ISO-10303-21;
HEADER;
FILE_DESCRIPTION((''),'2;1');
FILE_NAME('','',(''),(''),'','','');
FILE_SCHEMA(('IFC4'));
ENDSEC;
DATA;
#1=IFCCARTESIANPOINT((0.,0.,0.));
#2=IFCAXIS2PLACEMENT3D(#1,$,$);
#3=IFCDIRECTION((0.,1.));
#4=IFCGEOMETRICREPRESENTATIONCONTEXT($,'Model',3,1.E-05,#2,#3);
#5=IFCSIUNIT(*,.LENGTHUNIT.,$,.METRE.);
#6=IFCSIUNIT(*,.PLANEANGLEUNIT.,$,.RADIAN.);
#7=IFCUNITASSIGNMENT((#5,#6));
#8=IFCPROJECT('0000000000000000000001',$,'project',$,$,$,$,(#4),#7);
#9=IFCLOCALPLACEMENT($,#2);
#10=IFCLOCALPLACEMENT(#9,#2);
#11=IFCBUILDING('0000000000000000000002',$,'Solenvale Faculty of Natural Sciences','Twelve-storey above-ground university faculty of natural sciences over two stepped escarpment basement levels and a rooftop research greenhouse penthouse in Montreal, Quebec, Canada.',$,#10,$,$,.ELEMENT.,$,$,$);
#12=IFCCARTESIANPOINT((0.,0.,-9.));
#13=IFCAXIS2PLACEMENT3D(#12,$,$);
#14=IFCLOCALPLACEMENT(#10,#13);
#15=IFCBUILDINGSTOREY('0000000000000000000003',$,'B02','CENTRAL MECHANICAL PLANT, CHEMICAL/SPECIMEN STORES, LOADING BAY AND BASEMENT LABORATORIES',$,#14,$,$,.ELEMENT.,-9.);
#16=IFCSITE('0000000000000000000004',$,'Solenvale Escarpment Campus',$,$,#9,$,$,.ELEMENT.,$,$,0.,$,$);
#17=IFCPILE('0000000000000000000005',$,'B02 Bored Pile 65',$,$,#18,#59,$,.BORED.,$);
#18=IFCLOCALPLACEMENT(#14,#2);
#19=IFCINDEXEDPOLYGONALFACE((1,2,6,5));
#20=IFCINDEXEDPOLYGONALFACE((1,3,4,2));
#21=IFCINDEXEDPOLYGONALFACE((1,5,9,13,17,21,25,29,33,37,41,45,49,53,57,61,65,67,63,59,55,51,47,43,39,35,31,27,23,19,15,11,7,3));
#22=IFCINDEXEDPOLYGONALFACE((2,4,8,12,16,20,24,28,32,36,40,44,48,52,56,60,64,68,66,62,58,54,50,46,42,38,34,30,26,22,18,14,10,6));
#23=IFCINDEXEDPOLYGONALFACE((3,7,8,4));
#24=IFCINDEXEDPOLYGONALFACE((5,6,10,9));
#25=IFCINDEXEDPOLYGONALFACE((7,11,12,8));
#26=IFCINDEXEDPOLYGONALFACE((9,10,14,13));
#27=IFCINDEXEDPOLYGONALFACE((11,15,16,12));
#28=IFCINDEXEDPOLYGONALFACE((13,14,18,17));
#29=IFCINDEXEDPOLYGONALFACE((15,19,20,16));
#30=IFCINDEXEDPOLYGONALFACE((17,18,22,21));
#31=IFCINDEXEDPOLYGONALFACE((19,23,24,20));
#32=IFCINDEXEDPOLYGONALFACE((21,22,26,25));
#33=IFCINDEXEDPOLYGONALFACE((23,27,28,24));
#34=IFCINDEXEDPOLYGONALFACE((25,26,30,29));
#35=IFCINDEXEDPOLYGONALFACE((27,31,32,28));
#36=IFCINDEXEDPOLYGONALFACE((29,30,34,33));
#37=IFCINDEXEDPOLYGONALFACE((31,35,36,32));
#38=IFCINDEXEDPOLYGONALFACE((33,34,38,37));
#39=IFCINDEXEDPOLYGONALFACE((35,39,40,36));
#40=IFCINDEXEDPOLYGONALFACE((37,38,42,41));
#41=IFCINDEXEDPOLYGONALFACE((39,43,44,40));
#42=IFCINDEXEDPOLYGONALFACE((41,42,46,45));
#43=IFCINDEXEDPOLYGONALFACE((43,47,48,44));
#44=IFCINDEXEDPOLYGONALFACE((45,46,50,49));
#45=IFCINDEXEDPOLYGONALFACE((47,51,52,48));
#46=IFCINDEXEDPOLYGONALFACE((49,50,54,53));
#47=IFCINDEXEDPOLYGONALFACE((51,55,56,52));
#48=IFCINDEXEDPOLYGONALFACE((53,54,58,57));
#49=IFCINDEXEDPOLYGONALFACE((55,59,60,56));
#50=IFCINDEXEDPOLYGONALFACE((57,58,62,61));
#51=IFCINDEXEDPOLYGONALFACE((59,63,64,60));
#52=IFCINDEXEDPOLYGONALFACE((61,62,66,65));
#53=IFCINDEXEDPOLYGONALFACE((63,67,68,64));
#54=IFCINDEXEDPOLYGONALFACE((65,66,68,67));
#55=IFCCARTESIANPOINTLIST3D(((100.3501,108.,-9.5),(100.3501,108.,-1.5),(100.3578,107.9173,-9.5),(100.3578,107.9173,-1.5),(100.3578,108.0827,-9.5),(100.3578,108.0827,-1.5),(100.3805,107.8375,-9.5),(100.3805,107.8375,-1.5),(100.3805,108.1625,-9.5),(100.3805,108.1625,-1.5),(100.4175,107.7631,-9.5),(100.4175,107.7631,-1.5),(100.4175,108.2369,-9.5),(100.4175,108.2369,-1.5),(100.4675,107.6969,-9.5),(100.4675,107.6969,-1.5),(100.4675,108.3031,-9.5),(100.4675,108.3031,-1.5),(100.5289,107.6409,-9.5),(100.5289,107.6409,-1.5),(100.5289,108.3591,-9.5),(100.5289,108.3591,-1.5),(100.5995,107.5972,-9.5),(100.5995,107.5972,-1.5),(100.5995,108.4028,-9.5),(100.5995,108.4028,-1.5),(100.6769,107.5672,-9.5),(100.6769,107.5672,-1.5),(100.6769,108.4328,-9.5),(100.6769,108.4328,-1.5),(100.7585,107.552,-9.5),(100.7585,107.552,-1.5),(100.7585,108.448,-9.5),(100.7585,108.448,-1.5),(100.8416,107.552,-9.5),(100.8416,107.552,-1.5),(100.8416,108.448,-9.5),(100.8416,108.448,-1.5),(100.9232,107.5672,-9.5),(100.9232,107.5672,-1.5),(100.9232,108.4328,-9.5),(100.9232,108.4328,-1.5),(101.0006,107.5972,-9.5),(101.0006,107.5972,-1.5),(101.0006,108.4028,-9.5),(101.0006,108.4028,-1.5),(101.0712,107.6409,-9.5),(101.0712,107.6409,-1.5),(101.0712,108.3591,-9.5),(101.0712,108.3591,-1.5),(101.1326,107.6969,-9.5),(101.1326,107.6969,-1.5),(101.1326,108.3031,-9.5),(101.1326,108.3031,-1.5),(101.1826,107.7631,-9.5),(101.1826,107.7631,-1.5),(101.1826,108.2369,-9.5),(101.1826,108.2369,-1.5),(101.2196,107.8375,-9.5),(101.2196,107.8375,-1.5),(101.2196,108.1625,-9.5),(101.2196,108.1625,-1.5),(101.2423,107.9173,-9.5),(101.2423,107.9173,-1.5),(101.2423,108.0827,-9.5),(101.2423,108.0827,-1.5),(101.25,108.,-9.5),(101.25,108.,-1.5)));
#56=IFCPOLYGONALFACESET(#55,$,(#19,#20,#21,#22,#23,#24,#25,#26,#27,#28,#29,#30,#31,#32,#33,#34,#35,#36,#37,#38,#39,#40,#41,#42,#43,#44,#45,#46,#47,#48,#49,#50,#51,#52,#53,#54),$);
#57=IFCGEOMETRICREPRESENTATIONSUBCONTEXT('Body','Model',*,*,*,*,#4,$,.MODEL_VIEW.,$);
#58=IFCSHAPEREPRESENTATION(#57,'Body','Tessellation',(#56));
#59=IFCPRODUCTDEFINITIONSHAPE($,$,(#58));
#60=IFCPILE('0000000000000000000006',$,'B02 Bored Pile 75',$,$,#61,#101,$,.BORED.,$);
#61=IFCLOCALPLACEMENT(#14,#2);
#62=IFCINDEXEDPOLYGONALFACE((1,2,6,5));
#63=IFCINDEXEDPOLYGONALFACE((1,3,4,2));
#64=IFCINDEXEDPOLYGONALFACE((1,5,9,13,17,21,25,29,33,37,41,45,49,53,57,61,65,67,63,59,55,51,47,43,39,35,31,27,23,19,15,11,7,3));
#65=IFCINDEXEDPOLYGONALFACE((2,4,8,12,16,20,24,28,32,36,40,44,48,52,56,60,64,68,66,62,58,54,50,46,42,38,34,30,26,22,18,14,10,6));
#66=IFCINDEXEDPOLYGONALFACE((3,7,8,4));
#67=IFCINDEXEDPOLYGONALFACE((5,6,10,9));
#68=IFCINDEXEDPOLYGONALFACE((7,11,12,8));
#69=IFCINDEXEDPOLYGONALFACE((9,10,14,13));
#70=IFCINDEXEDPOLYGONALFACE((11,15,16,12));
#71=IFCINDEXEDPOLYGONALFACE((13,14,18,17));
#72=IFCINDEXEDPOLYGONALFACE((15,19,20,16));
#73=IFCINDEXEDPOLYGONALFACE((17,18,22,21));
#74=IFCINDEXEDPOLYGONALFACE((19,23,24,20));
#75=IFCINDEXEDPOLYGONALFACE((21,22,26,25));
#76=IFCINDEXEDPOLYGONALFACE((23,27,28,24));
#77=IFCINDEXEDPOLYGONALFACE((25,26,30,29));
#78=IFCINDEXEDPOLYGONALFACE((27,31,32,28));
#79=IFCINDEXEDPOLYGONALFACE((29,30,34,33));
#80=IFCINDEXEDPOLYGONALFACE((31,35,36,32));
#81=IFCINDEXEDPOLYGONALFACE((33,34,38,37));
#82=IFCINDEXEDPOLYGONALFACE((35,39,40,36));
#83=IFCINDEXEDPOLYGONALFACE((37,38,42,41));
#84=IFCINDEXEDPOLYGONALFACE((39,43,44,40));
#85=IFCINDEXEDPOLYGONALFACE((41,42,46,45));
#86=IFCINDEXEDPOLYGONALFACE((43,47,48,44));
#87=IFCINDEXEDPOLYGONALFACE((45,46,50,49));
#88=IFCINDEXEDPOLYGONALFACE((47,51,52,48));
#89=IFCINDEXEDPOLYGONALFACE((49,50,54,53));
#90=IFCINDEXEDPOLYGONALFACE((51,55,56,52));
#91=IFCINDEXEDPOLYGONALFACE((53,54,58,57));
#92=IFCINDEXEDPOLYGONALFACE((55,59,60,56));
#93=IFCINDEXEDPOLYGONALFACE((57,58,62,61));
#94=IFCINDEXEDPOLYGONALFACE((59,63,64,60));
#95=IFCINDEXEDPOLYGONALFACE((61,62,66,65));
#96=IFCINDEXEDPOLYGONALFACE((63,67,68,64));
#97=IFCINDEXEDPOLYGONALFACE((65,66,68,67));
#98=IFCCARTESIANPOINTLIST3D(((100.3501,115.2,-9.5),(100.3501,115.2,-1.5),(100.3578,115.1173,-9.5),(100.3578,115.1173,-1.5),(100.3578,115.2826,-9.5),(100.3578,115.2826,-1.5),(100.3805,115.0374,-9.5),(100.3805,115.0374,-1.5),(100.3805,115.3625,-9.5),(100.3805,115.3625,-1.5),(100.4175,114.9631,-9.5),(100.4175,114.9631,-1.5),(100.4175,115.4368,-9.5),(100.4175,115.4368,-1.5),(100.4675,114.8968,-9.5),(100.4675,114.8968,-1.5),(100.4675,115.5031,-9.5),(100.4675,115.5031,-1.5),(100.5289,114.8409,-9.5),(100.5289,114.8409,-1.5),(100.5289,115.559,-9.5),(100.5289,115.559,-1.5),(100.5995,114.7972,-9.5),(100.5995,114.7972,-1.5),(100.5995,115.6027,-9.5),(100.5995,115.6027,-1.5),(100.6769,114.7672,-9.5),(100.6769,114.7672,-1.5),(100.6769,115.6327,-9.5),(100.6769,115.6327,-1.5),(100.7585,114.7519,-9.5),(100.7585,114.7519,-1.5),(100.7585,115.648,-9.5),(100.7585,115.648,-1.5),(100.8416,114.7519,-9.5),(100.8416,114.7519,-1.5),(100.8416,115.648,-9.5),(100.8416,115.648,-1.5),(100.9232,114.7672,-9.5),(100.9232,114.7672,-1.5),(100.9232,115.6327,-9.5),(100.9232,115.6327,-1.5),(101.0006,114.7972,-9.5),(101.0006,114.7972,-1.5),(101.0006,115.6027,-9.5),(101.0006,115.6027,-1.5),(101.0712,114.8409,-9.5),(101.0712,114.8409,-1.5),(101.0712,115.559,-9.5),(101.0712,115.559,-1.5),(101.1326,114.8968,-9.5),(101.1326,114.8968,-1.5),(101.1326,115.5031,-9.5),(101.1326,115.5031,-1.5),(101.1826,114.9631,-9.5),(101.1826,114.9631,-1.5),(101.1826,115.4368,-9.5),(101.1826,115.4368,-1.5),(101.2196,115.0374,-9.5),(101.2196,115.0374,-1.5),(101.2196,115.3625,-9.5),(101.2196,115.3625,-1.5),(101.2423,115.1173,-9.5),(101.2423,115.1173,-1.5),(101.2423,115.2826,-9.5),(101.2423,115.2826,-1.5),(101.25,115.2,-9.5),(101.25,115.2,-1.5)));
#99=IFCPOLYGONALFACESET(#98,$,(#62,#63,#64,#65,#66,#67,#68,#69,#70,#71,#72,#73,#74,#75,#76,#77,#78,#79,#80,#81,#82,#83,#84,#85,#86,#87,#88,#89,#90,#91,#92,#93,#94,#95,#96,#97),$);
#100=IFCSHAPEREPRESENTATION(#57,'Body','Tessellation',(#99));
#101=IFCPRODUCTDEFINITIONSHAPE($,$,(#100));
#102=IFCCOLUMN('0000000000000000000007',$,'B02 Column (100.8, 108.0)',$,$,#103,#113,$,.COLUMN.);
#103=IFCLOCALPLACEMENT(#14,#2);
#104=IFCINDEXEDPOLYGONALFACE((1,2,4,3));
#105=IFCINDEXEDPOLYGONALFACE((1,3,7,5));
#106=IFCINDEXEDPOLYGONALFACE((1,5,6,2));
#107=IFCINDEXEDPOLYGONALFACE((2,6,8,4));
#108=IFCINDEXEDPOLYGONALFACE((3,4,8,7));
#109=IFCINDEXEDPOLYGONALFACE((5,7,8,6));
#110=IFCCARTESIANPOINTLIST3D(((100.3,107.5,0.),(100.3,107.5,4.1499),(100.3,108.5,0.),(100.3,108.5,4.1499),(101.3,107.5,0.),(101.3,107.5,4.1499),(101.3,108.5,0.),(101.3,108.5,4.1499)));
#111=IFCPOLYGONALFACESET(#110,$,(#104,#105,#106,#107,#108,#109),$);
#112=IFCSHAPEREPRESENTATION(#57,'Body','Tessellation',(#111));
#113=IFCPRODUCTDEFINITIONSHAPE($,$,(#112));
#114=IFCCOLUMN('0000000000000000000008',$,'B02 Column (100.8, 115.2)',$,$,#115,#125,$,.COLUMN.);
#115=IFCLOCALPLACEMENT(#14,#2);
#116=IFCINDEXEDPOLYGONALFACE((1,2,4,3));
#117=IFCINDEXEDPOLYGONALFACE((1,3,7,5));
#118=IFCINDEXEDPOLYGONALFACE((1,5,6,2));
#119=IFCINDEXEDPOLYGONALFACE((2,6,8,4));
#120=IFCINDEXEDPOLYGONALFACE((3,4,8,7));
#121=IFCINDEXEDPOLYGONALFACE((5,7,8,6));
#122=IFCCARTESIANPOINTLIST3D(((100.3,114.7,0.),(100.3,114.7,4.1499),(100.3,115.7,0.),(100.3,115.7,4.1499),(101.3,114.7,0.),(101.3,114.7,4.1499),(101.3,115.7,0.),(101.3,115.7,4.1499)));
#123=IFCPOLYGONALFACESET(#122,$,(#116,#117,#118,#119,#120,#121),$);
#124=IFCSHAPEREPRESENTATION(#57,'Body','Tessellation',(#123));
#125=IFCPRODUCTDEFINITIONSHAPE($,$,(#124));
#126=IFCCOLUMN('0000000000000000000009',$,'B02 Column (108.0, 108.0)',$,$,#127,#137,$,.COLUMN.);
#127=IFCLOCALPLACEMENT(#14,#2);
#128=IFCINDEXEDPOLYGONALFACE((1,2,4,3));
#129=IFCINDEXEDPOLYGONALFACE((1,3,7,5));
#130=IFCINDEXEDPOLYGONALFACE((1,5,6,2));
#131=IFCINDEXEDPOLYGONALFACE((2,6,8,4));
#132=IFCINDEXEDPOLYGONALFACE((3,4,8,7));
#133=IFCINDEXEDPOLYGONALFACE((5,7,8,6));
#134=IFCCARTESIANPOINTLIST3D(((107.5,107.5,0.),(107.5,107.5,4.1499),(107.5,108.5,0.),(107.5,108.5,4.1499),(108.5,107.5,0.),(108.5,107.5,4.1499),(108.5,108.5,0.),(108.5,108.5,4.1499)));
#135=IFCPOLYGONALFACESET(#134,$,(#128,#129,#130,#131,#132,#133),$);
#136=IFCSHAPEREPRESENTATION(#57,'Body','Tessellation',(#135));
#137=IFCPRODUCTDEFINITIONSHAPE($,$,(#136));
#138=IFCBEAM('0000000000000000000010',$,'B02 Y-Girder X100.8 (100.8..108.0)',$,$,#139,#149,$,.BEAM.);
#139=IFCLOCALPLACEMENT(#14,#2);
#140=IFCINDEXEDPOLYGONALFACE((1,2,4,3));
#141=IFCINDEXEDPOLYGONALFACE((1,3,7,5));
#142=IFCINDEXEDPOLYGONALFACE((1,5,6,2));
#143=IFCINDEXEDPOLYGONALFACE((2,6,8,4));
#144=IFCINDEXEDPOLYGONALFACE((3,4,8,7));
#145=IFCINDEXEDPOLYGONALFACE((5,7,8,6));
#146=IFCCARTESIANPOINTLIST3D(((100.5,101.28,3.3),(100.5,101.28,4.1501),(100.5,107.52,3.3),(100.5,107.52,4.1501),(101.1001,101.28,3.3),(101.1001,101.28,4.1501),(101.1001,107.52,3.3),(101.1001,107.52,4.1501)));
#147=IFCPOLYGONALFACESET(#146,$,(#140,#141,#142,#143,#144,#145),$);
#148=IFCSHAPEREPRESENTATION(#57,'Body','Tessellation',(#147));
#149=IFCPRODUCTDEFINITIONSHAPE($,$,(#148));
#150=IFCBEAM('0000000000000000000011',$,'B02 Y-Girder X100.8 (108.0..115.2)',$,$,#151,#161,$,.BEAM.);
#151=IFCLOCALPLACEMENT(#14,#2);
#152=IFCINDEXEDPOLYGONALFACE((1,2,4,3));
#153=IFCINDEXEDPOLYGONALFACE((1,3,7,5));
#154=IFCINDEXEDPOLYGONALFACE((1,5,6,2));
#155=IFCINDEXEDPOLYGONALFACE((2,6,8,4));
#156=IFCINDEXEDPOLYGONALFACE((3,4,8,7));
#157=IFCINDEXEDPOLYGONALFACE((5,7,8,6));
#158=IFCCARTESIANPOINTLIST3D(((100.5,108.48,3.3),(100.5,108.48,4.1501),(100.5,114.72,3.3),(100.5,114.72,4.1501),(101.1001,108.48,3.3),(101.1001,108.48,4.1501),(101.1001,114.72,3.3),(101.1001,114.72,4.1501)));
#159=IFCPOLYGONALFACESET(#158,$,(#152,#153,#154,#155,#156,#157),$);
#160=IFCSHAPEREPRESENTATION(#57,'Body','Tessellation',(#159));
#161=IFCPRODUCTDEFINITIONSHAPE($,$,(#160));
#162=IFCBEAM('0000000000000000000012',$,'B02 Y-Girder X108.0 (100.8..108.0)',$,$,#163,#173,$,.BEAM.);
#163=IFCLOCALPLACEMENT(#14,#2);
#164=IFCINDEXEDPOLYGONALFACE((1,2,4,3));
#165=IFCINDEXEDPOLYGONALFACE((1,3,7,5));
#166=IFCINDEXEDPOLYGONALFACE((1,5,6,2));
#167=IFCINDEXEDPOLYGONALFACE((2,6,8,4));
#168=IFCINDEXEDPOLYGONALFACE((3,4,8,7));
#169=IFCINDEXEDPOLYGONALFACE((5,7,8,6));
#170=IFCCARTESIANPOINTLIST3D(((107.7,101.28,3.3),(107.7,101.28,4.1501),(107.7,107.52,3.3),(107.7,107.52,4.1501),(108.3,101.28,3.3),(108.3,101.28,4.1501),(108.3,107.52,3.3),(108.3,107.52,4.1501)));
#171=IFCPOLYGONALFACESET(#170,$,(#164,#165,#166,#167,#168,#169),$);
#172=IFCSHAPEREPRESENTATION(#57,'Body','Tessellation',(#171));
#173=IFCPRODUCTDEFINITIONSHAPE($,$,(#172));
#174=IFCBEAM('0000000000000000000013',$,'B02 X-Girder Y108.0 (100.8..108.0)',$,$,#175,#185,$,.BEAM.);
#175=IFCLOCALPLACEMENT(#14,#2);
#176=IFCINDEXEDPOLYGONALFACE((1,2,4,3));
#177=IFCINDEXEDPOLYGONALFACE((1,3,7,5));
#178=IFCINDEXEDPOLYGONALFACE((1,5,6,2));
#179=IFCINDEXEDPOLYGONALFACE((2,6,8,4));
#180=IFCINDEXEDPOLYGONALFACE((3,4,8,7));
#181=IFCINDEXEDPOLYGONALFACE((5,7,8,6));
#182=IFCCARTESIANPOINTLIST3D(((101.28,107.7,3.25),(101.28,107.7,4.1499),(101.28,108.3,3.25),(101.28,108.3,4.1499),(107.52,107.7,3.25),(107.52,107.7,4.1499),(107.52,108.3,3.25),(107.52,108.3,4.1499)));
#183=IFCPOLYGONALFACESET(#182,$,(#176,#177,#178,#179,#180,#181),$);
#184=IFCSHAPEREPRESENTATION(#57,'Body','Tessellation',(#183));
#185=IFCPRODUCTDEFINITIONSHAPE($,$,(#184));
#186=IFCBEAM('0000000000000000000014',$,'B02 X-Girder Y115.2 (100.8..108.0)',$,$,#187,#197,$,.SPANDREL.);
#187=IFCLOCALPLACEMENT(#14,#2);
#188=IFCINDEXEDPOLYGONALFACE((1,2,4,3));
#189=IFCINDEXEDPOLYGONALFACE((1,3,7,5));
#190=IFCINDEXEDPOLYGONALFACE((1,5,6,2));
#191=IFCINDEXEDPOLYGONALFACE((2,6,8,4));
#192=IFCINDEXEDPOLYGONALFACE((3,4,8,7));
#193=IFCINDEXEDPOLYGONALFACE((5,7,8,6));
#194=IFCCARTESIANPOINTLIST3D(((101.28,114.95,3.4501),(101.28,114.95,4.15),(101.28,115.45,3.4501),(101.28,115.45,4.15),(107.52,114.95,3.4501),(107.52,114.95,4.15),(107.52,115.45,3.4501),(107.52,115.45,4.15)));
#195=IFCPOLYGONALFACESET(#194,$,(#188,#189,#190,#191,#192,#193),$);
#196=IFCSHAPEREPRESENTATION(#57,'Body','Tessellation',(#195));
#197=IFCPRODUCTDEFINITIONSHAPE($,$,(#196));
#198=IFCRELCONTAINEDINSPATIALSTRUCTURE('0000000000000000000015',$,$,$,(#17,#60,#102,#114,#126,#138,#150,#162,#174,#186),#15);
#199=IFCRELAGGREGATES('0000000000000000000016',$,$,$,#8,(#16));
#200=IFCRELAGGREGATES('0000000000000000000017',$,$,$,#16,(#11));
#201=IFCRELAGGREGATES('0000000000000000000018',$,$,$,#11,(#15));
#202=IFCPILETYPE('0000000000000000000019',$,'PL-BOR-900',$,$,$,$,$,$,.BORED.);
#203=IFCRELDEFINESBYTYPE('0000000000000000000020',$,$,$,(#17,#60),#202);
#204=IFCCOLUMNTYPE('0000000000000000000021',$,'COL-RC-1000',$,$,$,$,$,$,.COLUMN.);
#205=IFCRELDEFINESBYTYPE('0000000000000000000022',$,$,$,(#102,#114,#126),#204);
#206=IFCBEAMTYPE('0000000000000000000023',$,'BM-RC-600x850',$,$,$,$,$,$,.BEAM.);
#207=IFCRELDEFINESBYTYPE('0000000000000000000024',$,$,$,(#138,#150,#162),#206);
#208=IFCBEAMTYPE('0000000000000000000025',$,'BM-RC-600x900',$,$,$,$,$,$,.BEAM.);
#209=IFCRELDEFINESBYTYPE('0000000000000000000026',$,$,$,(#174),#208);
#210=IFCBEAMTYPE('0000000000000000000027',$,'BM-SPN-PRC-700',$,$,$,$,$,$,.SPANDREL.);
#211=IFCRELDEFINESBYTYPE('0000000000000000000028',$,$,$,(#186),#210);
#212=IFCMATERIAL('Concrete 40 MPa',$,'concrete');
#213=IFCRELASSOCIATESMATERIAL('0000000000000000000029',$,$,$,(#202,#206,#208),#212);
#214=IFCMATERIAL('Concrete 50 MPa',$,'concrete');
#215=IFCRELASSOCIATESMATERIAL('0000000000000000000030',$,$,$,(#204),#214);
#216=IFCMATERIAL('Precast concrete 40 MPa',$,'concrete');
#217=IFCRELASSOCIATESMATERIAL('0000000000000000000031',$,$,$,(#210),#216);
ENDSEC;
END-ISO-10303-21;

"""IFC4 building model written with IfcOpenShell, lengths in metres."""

from ifc_helpers import new_model, si_unit, direction, frame, origin, origin_2d, place, context, subcontext, project, spatial, rectangle, circle, extrude, material, material_profile, profile_set, type_object, element, save


model = new_model("IFC4")

# Units and contexts
model_context = context("Model", 3, precision=1e-05, world=origin(), true_north=direction((0.0, 1.0)))
body_context = subcontext(model_context, "Body", "Model", "MODEL_VIEW")
ifc_project = project(units=[si_unit("LENGTHUNIT", "METRE"), si_unit("PLANEANGLEUNIT", "RADIAN")], contexts=[model_context])

# Site, building, storey
site_placement = place(None, origin())
site = spatial("IfcSite", under=ifc_project, at=site_placement, Name="Solenvale Escarpment Campus", CompositionType="ELEMENT", RefElevation=0.0)
building_placement = place(site_placement, origin())
building = spatial("IfcBuilding", under=site, at=building_placement, Name="Solenvale Faculty of Natural Sciences", Description="Twelve-storey above-ground university faculty of natural sciences over two stepped escarpment basement levels and a rooftop research greenhouse penthouse in Montreal, Quebec, Canada.", CompositionType="ELEMENT")
storey_placement = place(building_placement, frame((0.0, 0.0, -9.0)))
storey = spatial("IfcBuildingStorey", under=building, at=storey_placement, Name="B02", Description="CENTRAL MECHANICAL PLANT, CHEMICAL/SPECIMEN STORES, LOADING BAY AND BASEMENT LABORATORIES", CompositionType="ELEMENT", Elevation=-9.0)

# Shared definitions
ifc_material_1 = material(Name="Concrete 40 MPa", Category="concrete")

# Piles
ifc_material_profile_1 = material_profile(ifc_material_1, circle(Radius=0.45, at=origin_2d()), Name="PILE-D900")
ifc_profile_set_1 = profile_set([ifc_material_profile_1], Name="Concrete 40 MPa")
pile_type_1 = type_object("IfcPileType", Name="PL-BOR-900", PredefinedType="BORED", material=ifc_profile_set_1)
for number, where, z_axis, x_axis, name in (
    (1, (100.8, 108.0, -1.5), (0.0, 0.0, -1.0), (1.0, 0.0, 0.0), "B02 Bored Pile 65"),
    (2, (100.8, 115.2, -1.5), (0.0, 0.0, -1.0), (1.0, 0.0, 0.0), "B02 Bored Pile 75"),
):
    element("IfcPile", number, at=place(storey_placement, frame(where, z_axis=z_axis, x_axis=x_axis)), inside=storey, type_object=pile_type_1, Name=name, PredefinedType="BORED", context=body_context, shape_type="SweptSolid", body=[
        extrude(circle(Radius=0.45, at=origin_2d()), origin(), (0.0, 0.0, 1.0), 8.0),
    ])

# Columns
ifc_material_2 = material(Name="Concrete 50 MPa", Category="concrete")
ifc_material_profile_2 = material_profile(ifc_material_2, rectangle(XDim=1.0, YDim=1.0, at=origin_2d()), Name="RC-COL-1000x1000")
ifc_profile_set_2 = profile_set([ifc_material_profile_2], Name="Concrete 50 MPa")
column_type = type_object("IfcColumnType", Name="COL-RC-1000", PredefinedType="COLUMN", material=ifc_profile_set_2)
for number, where, z_axis, x_axis, name in (
    (3, (100.8, 108.0, 0.0), (0.0, 0.0, 1.0), (1.0, 0.0, 0.0), "B02 Column (100.8, 108.0)"),
    (4, (100.8, 115.2, 0.0), (0.0, 0.0, 1.0), (1.0, 0.0, 0.0), "B02 Column (100.8, 115.2)"),
    (5, (108.0, 108.0, 0.0), (0.0, 0.0, 1.0), (1.0, 0.0, 0.0), "B02 Column (108.0, 108.0)"),
):
    element("IfcColumn", number, at=place(storey_placement, frame(where, z_axis=z_axis, x_axis=x_axis)), inside=storey, type_object=column_type, Name=name, PredefinedType="COLUMN", context=body_context, shape_type="SweptSolid", body=[
        extrude(rectangle(XDim=1.0, YDim=1.0, at=origin_2d()), origin(), (0.0, 0.0, 1.0), 4.1499),
    ])

# Beams
ifc_material_profile_3 = material_profile(ifc_material_1, rectangle(XDim=0.6001, YDim=0.8501, at=origin_2d()), Name="RC-BM-600x850")
ifc_profile_set_3 = profile_set([ifc_material_profile_3], Name="Concrete 40 MPa")
beam_type_1 = type_object("IfcBeamType", Name="BM-RC-600x850", PredefinedType="BEAM", material=ifc_profile_set_3)
for number, where, z_axis, x_axis, name in (
    (6, (100.8, 101.28, 3.7251), (0.0, 1.0, 0.0), (-1.0, 0.0, 0.0), "B02 Y-Girder X100.8 (100.8..108.0)"),
    (7, (100.8, 108.48, 3.7251), (0.0, 1.0, 0.0), (-1.0, 0.0, 0.0), "B02 Y-Girder X100.8 (108.0..115.2)"),
    (8, (108.0, 101.28, 3.7251), (0.0, 1.0, 0.0), (-1.0, 0.0, 0.0), "B02 Y-Girder X108.0 (100.8..108.0)"),
):
    element("IfcBeam", number, at=place(storey_placement, frame(where, z_axis=z_axis, x_axis=x_axis)), inside=storey, type_object=beam_type_1, Name=name, PredefinedType="BEAM", context=body_context, shape_type="SweptSolid", body=[
        extrude(rectangle(XDim=0.6001, YDim=0.8501, at=origin_2d()), origin(), (0.0, 0.0, 1.0), 6.24),
    ])
ifc_material_profile_4 = material_profile(ifc_material_1, rectangle(XDim=0.6001, YDim=0.8999, at=origin_2d()), Name="RC-BM-600x900")
ifc_profile_set_4 = profile_set([ifc_material_profile_4], Name="Concrete 40 MPa")
beam_type_2 = type_object("IfcBeamType", Name="BM-RC-600x900", PredefinedType="BEAM", material=ifc_profile_set_4)
beam_1_placement = place(storey_placement, frame((101.28, 108.0, 3.7), z_axis=(1.0, 0.0, 0.0), x_axis=(0.0, 1.0, 0.0)))
element("IfcBeam", 9, at=beam_1_placement, inside=storey, type_object=beam_type_2, Name="B02 X-Girder Y108.0 (100.8..108.0)", PredefinedType="BEAM", context=body_context, shape_type="SweptSolid", body=[
    extrude(rectangle(XDim=0.6001, YDim=0.8999, at=origin_2d()), origin(), (0.0, 0.0, 1.0), 6.24),
])
ifc_material_3 = material(Name="Precast concrete 40 MPa", Category="concrete")
ifc_material_profile_5 = material_profile(ifc_material_3, rectangle(XDim=0.5, YDim=0.7, at=origin_2d()), Name="RC-BM-500x700")
ifc_profile_set_5 = profile_set([ifc_material_profile_5], Name="Precast concrete 40 MPa")
beam_type_3 = type_object("IfcBeamType", Name="BM-SPN-PRC-700", PredefinedType="SPANDREL", material=ifc_profile_set_5)
beam_2_placement = place(storey_placement, frame((101.28, 115.2, 3.8), z_axis=(1.0, 0.0, 0.0), x_axis=(0.0, 1.0, 0.0)))
element("IfcBeam", 10, at=beam_2_placement, inside=storey, type_object=beam_type_3, Name="B02 X-Girder Y115.2 (100.8..108.0)", PredefinedType="SPANDREL", context=body_context, shape_type="SweptSolid", body=[
    extrude(rectangle(XDim=0.5, YDim=0.7, at=origin_2d()), origin(), (0.0, 0.0, 1.0), 6.24),
])

save(model, "model.ifc")
